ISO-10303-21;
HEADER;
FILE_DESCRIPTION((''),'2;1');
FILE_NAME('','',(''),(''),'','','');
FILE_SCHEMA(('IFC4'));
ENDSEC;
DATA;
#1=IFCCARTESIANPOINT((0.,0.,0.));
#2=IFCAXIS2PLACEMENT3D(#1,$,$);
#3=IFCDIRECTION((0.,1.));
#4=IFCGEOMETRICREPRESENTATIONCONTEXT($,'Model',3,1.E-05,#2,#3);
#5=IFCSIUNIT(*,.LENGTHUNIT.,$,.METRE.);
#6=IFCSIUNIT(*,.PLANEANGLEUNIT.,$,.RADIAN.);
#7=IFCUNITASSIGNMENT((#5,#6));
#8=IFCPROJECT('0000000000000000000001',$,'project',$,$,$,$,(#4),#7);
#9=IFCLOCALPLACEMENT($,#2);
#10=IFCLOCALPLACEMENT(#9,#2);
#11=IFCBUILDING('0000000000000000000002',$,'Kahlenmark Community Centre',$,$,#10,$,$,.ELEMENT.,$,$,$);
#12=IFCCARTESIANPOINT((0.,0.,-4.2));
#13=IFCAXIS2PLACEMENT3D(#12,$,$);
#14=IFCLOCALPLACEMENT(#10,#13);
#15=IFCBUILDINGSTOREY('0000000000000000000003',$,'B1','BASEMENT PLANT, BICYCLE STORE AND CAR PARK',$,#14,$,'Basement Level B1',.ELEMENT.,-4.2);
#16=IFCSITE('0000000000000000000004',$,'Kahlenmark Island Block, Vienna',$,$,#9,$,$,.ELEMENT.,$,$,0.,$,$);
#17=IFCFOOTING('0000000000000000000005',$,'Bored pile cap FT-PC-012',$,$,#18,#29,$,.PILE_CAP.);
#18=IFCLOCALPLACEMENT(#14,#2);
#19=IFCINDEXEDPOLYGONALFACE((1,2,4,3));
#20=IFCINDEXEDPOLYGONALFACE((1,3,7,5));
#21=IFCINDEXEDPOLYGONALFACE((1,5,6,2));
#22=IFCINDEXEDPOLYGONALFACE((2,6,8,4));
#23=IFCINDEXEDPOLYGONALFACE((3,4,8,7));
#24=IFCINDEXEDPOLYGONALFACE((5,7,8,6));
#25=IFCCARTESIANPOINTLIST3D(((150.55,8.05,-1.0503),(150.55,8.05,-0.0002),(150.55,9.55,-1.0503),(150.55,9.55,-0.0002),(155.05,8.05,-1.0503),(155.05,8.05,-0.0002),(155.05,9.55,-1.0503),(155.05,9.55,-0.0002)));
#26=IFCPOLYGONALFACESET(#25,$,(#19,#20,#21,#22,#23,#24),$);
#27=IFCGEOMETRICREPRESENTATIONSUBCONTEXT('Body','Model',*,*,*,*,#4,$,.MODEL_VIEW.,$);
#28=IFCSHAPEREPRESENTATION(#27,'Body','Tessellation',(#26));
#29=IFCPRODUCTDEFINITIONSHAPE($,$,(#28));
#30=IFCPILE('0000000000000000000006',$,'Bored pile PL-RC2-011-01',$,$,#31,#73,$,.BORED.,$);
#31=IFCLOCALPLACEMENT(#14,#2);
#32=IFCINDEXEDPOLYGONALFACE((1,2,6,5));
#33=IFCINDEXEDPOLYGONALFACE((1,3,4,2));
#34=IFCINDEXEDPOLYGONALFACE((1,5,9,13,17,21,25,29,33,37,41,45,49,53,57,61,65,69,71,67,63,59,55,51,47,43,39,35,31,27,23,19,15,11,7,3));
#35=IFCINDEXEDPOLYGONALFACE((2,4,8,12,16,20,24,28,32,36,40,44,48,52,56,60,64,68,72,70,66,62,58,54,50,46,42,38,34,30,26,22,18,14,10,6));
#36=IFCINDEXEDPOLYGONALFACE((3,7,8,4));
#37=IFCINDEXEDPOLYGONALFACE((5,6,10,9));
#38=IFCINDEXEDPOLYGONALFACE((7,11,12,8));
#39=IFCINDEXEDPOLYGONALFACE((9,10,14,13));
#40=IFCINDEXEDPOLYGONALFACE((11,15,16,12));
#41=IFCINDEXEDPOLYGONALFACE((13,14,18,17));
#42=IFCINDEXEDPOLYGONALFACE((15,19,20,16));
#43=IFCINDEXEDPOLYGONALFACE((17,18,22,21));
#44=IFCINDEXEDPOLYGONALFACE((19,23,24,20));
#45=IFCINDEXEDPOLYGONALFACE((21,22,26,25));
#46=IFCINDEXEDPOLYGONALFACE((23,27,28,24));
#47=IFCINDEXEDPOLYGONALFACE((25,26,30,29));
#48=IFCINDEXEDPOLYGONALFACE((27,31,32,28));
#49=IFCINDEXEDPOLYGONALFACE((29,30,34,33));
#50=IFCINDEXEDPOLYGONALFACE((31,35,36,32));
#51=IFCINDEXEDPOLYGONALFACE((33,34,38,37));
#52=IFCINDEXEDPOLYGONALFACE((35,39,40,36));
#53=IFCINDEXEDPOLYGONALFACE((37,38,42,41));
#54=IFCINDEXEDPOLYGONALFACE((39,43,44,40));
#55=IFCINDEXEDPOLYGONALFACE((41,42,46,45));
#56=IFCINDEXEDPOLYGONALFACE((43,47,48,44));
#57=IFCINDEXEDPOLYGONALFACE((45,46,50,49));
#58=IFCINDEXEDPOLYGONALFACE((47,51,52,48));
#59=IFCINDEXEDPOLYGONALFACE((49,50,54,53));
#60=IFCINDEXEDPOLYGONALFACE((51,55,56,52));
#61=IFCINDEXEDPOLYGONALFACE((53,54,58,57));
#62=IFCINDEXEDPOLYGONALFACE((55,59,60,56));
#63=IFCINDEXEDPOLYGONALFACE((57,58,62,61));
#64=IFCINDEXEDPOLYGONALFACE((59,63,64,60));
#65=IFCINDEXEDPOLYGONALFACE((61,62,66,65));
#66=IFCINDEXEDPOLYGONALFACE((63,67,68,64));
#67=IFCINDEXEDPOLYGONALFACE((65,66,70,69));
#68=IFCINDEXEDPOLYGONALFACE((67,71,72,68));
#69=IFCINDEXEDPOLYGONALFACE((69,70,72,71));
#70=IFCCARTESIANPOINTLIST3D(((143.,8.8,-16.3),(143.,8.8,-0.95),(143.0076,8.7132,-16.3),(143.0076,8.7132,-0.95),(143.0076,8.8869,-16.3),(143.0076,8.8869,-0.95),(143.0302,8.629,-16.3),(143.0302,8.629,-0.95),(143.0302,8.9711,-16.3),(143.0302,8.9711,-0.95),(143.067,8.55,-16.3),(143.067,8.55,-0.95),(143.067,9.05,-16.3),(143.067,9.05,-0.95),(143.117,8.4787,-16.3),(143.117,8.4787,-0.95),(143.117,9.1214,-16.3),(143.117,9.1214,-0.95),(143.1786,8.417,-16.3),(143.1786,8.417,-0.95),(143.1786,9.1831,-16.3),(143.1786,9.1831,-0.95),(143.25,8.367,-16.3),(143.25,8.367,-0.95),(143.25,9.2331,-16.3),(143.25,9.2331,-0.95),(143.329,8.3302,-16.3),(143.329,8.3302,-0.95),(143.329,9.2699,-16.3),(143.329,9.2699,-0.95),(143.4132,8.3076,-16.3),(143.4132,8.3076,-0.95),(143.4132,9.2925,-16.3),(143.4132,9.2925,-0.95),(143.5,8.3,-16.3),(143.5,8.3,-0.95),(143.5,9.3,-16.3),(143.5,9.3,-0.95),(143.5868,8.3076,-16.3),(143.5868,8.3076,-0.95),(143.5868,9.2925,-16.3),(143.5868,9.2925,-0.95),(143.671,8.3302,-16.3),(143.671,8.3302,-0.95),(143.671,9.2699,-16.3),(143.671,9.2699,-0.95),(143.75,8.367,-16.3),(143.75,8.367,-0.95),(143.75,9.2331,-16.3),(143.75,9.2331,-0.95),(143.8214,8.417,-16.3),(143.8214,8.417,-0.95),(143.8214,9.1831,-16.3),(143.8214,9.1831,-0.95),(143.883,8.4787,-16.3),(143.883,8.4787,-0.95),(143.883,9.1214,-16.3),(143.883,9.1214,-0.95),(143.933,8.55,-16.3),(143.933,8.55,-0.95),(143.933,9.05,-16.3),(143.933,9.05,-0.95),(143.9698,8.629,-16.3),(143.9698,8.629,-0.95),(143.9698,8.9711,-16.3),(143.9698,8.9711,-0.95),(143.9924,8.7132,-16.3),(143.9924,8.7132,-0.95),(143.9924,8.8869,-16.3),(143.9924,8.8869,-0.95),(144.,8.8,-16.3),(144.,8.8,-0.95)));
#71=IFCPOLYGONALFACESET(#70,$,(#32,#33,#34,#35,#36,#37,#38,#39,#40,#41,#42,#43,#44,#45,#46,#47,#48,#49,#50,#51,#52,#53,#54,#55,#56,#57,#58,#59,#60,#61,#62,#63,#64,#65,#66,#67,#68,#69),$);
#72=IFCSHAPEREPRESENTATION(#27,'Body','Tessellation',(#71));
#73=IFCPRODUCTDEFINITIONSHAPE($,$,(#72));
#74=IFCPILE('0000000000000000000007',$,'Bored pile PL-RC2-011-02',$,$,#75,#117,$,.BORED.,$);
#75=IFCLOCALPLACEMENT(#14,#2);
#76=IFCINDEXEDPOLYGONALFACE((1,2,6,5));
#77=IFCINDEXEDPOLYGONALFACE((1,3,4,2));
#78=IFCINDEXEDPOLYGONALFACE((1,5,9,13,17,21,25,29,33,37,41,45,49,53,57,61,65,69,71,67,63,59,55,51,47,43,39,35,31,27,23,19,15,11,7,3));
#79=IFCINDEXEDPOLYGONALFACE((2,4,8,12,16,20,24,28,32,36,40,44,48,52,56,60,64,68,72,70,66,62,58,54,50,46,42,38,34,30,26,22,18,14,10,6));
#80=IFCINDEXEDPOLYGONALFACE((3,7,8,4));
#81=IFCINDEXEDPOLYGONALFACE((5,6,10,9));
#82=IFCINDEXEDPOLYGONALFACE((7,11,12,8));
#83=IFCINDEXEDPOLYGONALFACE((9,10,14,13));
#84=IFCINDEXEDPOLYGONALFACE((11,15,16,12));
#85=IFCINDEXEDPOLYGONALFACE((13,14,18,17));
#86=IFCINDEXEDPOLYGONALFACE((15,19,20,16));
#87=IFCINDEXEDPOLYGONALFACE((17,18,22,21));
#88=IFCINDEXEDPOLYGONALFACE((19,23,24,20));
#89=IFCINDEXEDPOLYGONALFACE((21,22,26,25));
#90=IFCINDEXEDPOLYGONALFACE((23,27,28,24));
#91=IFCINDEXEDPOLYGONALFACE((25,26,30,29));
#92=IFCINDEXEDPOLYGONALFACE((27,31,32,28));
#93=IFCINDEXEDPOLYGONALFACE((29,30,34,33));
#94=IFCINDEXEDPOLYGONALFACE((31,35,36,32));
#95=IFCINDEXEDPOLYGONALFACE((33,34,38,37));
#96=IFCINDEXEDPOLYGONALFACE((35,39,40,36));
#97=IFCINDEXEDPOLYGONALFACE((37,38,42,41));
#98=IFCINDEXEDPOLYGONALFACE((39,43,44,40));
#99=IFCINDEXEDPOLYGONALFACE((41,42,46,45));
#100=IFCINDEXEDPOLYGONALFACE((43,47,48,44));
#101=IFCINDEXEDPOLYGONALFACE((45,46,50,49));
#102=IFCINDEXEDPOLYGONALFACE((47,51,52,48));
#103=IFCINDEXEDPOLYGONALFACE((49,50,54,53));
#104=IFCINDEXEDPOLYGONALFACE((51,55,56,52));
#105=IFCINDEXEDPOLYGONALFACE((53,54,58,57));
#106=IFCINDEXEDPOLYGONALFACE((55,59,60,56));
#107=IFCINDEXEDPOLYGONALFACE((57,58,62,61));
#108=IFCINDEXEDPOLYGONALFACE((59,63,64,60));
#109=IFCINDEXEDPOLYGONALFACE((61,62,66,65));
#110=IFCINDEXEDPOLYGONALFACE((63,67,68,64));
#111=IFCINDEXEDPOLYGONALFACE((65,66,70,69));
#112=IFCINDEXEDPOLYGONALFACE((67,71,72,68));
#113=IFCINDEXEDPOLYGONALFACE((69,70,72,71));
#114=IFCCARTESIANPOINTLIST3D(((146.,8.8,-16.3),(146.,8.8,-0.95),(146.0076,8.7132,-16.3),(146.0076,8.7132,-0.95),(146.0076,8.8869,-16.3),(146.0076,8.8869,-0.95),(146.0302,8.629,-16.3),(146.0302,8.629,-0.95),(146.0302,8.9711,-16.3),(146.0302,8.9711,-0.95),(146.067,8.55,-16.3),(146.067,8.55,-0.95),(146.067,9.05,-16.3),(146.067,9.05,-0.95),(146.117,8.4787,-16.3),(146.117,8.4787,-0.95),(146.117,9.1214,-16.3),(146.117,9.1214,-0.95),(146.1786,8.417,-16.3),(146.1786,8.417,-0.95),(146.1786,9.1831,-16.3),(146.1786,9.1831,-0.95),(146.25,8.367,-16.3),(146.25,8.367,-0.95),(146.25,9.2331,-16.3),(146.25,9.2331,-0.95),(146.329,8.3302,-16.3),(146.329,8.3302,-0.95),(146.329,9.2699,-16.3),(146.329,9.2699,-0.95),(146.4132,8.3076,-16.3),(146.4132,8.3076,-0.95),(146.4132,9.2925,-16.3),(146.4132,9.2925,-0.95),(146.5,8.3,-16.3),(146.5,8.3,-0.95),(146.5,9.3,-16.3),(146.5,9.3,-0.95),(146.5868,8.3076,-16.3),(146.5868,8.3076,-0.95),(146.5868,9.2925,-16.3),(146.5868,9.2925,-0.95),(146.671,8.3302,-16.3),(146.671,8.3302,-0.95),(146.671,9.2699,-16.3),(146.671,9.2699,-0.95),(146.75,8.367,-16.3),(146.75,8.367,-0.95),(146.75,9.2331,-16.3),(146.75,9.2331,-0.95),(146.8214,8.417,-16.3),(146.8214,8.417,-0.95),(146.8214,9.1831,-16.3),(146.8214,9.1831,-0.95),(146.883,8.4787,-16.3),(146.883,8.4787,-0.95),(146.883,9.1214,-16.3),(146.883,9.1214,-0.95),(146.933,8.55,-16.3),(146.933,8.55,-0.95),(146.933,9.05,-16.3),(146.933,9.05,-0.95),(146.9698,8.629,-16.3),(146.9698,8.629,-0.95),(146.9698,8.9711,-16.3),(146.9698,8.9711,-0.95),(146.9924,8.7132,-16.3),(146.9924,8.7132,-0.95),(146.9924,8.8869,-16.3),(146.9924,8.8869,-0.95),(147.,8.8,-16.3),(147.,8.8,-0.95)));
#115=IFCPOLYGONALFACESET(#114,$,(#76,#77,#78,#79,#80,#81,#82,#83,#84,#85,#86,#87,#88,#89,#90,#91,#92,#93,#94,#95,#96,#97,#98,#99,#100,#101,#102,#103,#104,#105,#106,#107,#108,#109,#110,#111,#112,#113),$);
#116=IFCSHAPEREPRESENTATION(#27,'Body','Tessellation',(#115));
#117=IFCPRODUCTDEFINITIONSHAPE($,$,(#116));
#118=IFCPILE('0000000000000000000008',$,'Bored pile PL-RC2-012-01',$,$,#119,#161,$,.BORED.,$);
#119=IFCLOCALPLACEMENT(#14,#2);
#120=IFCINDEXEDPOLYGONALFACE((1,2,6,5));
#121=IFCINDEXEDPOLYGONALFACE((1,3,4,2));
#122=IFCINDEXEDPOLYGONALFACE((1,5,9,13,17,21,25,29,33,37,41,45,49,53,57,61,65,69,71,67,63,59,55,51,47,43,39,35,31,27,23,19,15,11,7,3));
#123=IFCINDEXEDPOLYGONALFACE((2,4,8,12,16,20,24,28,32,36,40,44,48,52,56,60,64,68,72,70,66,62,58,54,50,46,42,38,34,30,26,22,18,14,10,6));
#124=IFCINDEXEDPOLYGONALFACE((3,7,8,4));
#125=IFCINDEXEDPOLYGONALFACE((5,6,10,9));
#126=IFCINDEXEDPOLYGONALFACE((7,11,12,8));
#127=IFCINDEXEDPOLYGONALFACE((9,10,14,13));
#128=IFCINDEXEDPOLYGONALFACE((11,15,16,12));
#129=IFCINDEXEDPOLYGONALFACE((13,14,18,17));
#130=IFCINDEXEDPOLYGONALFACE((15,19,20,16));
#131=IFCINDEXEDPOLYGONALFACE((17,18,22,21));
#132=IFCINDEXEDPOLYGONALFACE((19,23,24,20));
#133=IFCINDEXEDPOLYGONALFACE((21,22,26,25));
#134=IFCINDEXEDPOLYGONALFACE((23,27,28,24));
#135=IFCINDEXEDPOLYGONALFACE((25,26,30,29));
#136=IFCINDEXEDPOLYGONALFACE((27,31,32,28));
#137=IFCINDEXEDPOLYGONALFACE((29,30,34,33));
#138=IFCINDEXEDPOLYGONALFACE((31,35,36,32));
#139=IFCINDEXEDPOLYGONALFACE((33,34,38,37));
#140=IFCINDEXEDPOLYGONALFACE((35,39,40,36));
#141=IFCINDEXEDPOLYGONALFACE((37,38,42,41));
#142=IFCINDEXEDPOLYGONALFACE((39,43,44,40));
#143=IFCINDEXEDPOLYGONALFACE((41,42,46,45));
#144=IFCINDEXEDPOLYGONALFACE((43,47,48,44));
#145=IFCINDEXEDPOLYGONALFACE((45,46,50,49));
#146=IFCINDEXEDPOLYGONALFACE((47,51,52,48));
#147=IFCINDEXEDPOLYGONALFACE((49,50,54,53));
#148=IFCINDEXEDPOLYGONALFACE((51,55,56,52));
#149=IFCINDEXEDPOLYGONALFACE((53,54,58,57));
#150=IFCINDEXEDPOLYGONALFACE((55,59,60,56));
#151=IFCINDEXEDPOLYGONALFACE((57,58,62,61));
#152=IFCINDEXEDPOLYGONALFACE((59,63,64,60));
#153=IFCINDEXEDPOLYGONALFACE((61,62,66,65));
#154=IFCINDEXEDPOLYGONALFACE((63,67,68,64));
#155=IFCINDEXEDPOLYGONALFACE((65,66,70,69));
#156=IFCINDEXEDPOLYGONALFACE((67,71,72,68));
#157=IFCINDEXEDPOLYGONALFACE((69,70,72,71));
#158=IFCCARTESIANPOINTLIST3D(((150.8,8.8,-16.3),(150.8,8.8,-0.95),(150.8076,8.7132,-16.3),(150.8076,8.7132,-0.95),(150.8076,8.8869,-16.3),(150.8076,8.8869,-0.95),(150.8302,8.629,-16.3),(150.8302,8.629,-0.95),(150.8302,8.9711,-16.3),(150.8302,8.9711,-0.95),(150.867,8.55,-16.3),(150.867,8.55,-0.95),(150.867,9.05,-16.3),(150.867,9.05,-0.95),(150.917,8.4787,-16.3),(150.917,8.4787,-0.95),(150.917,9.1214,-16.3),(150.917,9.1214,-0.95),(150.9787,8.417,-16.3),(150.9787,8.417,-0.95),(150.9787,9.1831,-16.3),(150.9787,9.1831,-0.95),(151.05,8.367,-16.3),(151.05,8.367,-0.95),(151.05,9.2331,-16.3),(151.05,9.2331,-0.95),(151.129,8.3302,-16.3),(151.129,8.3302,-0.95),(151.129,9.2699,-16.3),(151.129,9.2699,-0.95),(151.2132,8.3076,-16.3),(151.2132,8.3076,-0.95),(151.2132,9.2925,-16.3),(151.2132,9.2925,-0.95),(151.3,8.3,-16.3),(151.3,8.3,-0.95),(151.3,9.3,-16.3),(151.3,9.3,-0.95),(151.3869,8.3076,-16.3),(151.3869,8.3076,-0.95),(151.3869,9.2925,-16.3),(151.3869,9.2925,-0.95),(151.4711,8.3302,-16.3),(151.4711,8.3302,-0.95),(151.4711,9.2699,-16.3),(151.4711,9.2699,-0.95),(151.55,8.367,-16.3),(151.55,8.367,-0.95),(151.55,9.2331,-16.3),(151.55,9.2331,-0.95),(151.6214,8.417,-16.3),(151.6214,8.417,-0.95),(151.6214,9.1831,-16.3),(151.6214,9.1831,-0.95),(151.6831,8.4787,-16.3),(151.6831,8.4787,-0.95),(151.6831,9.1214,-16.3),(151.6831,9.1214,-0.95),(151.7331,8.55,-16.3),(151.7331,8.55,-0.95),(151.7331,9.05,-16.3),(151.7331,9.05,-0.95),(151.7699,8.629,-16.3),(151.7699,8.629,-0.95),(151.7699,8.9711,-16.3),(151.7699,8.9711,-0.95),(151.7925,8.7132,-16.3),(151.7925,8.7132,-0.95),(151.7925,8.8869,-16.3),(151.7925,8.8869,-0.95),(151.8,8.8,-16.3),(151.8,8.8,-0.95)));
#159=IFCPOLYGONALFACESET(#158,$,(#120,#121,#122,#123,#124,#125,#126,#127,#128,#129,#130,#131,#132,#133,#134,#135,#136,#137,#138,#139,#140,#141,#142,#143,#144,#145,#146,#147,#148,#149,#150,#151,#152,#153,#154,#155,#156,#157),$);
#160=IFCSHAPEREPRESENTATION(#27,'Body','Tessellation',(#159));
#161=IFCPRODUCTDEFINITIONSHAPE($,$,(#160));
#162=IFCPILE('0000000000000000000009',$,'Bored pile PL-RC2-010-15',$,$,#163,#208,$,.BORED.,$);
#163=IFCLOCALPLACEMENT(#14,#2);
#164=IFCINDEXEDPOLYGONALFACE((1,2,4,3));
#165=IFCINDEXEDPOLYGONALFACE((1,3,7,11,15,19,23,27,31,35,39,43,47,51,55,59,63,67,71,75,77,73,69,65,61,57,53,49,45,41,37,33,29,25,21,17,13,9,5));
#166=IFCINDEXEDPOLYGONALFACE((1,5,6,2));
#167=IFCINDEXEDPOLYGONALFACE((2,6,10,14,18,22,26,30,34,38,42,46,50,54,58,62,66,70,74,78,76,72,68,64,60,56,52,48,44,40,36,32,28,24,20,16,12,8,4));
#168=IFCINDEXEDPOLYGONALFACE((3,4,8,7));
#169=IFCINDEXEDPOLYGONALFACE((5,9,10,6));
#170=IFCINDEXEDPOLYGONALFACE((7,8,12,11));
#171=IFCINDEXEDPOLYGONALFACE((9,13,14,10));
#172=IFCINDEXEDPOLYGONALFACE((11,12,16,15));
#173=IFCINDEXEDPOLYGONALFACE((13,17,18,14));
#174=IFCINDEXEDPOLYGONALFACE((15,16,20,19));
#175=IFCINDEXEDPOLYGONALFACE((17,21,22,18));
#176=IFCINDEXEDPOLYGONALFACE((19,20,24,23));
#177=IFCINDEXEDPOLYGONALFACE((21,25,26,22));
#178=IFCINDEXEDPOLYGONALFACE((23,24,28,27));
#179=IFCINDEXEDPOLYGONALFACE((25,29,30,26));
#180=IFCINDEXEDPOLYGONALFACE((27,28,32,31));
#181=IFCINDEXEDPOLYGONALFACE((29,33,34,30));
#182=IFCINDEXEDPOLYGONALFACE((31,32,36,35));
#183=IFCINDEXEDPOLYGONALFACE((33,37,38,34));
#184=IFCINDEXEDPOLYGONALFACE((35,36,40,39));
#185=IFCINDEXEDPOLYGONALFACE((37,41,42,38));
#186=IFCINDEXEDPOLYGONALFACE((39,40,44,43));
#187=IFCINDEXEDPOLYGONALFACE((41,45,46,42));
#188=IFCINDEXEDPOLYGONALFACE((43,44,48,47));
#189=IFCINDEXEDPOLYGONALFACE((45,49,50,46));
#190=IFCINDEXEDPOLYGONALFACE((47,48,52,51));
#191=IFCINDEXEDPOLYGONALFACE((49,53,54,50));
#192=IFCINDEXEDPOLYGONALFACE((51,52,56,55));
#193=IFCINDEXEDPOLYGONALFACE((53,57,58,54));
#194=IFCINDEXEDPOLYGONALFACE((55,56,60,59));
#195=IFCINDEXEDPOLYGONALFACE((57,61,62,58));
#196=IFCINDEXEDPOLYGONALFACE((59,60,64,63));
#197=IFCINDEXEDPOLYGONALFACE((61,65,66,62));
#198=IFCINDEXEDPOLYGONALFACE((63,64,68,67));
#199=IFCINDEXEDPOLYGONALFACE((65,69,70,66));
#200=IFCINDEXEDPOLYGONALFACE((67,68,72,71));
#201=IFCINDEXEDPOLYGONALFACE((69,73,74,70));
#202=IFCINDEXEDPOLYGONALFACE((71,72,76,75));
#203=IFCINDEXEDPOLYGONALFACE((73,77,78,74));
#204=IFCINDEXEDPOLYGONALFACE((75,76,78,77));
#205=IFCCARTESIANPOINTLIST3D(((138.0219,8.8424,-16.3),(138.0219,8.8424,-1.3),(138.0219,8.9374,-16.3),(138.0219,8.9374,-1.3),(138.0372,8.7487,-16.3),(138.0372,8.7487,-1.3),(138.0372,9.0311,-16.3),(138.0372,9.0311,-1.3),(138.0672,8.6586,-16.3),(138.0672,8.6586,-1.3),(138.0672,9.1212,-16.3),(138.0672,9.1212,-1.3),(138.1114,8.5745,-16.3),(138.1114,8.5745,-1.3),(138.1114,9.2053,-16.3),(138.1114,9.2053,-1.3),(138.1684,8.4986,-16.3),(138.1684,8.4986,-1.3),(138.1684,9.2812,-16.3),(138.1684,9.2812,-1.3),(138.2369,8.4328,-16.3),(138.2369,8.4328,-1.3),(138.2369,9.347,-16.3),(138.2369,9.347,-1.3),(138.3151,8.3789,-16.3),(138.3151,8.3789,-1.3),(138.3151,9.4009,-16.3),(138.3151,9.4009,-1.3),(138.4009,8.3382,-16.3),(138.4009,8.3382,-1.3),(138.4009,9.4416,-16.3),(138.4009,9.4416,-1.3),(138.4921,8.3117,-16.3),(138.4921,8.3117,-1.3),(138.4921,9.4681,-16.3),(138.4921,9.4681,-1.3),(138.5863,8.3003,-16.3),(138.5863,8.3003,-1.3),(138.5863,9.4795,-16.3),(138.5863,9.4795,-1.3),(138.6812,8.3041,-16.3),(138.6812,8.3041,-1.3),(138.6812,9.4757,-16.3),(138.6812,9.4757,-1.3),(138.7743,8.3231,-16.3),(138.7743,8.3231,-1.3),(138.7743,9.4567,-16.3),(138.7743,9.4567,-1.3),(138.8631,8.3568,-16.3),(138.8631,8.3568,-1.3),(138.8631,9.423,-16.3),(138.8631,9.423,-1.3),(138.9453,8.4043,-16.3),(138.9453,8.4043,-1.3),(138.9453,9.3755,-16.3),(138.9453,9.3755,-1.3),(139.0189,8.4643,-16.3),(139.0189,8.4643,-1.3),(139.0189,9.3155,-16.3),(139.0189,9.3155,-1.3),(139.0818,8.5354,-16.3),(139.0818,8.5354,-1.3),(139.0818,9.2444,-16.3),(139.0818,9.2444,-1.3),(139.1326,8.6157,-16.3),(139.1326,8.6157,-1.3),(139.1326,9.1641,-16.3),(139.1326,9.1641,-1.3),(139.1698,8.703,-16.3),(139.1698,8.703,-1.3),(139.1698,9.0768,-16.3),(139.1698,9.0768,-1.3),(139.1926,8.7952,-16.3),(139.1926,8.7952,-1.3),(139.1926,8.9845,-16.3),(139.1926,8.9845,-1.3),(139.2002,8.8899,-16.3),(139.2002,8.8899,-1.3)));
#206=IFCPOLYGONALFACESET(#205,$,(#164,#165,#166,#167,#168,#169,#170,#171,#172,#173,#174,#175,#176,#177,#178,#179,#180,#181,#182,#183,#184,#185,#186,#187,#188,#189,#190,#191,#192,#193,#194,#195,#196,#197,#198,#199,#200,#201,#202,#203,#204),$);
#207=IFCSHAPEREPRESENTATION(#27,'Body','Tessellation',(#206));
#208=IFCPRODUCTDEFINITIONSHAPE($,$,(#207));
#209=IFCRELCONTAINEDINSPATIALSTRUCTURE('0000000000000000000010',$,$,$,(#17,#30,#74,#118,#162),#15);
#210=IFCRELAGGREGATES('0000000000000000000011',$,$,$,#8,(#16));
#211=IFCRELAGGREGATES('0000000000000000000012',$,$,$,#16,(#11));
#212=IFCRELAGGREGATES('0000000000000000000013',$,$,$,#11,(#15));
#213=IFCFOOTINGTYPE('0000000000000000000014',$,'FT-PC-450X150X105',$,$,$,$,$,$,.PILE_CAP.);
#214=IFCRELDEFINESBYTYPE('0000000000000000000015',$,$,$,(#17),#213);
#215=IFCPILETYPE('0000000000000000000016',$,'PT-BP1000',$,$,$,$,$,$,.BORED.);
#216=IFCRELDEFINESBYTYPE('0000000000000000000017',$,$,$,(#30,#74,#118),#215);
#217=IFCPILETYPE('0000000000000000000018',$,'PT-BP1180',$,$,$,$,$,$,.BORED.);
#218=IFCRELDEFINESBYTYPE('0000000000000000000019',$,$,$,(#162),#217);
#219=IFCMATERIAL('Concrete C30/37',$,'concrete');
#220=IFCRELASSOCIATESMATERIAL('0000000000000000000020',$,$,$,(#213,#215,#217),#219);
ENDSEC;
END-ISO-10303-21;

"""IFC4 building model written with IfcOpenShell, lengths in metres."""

from ifc_helpers import new_model, si_unit, direction, frame, origin, origin_2d, place, context, subcontext, project, spatial, rectangle, circle, extrude, material, material_profile, profile_set, type_object, element, save


model = new_model("IFC4")

# Units and contexts
model_context = context("Model", 3, precision=1e-05, world=origin(), true_north=direction((0.0, 1.0)))
body_context = subcontext(model_context, "Body", "Model", "MODEL_VIEW")
ifc_project = project(units=[si_unit("LENGTHUNIT", "METRE"), si_unit("PLANEANGLEUNIT", "RADIAN")], contexts=[model_context])

# Site, building, storey
site_placement = place(None, origin())
site = spatial("IfcSite", under=ifc_project, at=site_placement, Name="Kahlenmark Island Block, Vienna", CompositionType="ELEMENT", RefElevation=0.0)
building_placement = place(site_placement, origin())
building = spatial("IfcBuilding", under=site, at=building_placement, Name="Kahlenmark Community Centre", CompositionType="ELEMENT")
storey_placement = place(building_placement, frame((0.0, 0.0, -4.2)))
storey = spatial("IfcBuildingStorey", under=building, at=storey_placement, Name="B1", Description="BASEMENT PLANT, BICYCLE STORE AND CAR PARK", LongName="Basement Level B1", CompositionType="ELEMENT", Elevation=-4.2)

# Footing
ifc_material_1 = material(Name="Concrete C30/37", Category="concrete")
footing_type_1 = type_object("IfcFootingType", Name="FT-PC-450X150X105", PredefinedType="PILE_CAP", material=ifc_material_1)
for number, where, z_axis, x_axis, name in (
    (1, (152.8, 8.8, -1.0503), (0.0, 0.0, 1.0), (1.0, 0.0, 0.0), "Bored pile cap FT-PC-012"),
):
    element("IfcFooting", number, at=place(storey_placement, frame(where, z_axis=z_axis, x_axis=x_axis)), inside=storey, type_object=footing_type_1, Name=name, PredefinedType="PILE_CAP", context=body_context, shape_type="SweptSolid", body=[
        extrude(rectangle(XDim=4.5, YDim=1.5, at=origin_2d()), origin(), (0.0, 0.0, 1.0), 1.05),
    ])

# Piles
ifc_material_profile_1 = material_profile(ifc_material_1, circle(Radius=0.5, at=origin_2d()), Name="BORED PILE 1000")
ifc_profile_set_1 = profile_set([ifc_material_profile_1], Name="Concrete C30/37")
pile_type_1 = type_object("IfcPileType", Name="PT-BP1000", PredefinedType="BORED", material=ifc_profile_set_1)
for number, where, z_axis, x_axis, name in (
    (2, (143.5, 8.8, -0.95), (0.0, 0.0, -1.0), (1.0, 0.0, 0.0), "Bored pile PL-RC2-011-01"),
    (3, (146.5, 8.8, -0.95), (0.0, 0.0, -1.0), (1.0, 0.0, 0.0), "Bored pile PL-RC2-011-02"),
    (4, (151.3, 8.8, -0.95), (0.0, 0.0, -1.0), (1.0, 0.0, 0.0), "Bored pile PL-RC2-012-01"),
):
    element("IfcPile", number, at=place(storey_placement, frame(where, z_axis=z_axis, x_axis=x_axis)), inside=storey, type_object=pile_type_1, Name=name, PredefinedType="BORED", context=body_context, shape_type="SweptSolid", body=[
        extrude(circle(Radius=0.5, at=origin_2d()), origin(), (0.0, 0.0, 1.0), 15.3501),
    ])
ifc_material_profile_2 = material_profile(ifc_material_1, circle(Radius=0.5901, at=origin_2d()), Name="BORED PILE 1180")
ifc_profile_set_2 = profile_set([ifc_material_profile_2], Name="Concrete C30/37")
pile_type_2 = type_object("IfcPileType", Name="PT-BP1180", PredefinedType="BORED", material=ifc_profile_set_2)
for number, where, z_axis, x_axis, name in (
    (5, (138.6101, 8.8899, -1.3), (0.0, 0.0, -1.0), (1.0, 0.0, 0.0), "Bored pile PL-RC2-010-15"),
):
    element("IfcPile", number, at=place(storey_placement, frame(where, z_axis=z_axis, x_axis=x_axis)), inside=storey, type_object=pile_type_2, Name=name, PredefinedType="BORED", context=body_context, shape_type="SweptSolid", body=[
        extrude(circle(Radius=0.5901, at=origin_2d()), origin(), (0.0, 0.0, 1.0), 15.0),
    ])

save(model, "model.ifc")
